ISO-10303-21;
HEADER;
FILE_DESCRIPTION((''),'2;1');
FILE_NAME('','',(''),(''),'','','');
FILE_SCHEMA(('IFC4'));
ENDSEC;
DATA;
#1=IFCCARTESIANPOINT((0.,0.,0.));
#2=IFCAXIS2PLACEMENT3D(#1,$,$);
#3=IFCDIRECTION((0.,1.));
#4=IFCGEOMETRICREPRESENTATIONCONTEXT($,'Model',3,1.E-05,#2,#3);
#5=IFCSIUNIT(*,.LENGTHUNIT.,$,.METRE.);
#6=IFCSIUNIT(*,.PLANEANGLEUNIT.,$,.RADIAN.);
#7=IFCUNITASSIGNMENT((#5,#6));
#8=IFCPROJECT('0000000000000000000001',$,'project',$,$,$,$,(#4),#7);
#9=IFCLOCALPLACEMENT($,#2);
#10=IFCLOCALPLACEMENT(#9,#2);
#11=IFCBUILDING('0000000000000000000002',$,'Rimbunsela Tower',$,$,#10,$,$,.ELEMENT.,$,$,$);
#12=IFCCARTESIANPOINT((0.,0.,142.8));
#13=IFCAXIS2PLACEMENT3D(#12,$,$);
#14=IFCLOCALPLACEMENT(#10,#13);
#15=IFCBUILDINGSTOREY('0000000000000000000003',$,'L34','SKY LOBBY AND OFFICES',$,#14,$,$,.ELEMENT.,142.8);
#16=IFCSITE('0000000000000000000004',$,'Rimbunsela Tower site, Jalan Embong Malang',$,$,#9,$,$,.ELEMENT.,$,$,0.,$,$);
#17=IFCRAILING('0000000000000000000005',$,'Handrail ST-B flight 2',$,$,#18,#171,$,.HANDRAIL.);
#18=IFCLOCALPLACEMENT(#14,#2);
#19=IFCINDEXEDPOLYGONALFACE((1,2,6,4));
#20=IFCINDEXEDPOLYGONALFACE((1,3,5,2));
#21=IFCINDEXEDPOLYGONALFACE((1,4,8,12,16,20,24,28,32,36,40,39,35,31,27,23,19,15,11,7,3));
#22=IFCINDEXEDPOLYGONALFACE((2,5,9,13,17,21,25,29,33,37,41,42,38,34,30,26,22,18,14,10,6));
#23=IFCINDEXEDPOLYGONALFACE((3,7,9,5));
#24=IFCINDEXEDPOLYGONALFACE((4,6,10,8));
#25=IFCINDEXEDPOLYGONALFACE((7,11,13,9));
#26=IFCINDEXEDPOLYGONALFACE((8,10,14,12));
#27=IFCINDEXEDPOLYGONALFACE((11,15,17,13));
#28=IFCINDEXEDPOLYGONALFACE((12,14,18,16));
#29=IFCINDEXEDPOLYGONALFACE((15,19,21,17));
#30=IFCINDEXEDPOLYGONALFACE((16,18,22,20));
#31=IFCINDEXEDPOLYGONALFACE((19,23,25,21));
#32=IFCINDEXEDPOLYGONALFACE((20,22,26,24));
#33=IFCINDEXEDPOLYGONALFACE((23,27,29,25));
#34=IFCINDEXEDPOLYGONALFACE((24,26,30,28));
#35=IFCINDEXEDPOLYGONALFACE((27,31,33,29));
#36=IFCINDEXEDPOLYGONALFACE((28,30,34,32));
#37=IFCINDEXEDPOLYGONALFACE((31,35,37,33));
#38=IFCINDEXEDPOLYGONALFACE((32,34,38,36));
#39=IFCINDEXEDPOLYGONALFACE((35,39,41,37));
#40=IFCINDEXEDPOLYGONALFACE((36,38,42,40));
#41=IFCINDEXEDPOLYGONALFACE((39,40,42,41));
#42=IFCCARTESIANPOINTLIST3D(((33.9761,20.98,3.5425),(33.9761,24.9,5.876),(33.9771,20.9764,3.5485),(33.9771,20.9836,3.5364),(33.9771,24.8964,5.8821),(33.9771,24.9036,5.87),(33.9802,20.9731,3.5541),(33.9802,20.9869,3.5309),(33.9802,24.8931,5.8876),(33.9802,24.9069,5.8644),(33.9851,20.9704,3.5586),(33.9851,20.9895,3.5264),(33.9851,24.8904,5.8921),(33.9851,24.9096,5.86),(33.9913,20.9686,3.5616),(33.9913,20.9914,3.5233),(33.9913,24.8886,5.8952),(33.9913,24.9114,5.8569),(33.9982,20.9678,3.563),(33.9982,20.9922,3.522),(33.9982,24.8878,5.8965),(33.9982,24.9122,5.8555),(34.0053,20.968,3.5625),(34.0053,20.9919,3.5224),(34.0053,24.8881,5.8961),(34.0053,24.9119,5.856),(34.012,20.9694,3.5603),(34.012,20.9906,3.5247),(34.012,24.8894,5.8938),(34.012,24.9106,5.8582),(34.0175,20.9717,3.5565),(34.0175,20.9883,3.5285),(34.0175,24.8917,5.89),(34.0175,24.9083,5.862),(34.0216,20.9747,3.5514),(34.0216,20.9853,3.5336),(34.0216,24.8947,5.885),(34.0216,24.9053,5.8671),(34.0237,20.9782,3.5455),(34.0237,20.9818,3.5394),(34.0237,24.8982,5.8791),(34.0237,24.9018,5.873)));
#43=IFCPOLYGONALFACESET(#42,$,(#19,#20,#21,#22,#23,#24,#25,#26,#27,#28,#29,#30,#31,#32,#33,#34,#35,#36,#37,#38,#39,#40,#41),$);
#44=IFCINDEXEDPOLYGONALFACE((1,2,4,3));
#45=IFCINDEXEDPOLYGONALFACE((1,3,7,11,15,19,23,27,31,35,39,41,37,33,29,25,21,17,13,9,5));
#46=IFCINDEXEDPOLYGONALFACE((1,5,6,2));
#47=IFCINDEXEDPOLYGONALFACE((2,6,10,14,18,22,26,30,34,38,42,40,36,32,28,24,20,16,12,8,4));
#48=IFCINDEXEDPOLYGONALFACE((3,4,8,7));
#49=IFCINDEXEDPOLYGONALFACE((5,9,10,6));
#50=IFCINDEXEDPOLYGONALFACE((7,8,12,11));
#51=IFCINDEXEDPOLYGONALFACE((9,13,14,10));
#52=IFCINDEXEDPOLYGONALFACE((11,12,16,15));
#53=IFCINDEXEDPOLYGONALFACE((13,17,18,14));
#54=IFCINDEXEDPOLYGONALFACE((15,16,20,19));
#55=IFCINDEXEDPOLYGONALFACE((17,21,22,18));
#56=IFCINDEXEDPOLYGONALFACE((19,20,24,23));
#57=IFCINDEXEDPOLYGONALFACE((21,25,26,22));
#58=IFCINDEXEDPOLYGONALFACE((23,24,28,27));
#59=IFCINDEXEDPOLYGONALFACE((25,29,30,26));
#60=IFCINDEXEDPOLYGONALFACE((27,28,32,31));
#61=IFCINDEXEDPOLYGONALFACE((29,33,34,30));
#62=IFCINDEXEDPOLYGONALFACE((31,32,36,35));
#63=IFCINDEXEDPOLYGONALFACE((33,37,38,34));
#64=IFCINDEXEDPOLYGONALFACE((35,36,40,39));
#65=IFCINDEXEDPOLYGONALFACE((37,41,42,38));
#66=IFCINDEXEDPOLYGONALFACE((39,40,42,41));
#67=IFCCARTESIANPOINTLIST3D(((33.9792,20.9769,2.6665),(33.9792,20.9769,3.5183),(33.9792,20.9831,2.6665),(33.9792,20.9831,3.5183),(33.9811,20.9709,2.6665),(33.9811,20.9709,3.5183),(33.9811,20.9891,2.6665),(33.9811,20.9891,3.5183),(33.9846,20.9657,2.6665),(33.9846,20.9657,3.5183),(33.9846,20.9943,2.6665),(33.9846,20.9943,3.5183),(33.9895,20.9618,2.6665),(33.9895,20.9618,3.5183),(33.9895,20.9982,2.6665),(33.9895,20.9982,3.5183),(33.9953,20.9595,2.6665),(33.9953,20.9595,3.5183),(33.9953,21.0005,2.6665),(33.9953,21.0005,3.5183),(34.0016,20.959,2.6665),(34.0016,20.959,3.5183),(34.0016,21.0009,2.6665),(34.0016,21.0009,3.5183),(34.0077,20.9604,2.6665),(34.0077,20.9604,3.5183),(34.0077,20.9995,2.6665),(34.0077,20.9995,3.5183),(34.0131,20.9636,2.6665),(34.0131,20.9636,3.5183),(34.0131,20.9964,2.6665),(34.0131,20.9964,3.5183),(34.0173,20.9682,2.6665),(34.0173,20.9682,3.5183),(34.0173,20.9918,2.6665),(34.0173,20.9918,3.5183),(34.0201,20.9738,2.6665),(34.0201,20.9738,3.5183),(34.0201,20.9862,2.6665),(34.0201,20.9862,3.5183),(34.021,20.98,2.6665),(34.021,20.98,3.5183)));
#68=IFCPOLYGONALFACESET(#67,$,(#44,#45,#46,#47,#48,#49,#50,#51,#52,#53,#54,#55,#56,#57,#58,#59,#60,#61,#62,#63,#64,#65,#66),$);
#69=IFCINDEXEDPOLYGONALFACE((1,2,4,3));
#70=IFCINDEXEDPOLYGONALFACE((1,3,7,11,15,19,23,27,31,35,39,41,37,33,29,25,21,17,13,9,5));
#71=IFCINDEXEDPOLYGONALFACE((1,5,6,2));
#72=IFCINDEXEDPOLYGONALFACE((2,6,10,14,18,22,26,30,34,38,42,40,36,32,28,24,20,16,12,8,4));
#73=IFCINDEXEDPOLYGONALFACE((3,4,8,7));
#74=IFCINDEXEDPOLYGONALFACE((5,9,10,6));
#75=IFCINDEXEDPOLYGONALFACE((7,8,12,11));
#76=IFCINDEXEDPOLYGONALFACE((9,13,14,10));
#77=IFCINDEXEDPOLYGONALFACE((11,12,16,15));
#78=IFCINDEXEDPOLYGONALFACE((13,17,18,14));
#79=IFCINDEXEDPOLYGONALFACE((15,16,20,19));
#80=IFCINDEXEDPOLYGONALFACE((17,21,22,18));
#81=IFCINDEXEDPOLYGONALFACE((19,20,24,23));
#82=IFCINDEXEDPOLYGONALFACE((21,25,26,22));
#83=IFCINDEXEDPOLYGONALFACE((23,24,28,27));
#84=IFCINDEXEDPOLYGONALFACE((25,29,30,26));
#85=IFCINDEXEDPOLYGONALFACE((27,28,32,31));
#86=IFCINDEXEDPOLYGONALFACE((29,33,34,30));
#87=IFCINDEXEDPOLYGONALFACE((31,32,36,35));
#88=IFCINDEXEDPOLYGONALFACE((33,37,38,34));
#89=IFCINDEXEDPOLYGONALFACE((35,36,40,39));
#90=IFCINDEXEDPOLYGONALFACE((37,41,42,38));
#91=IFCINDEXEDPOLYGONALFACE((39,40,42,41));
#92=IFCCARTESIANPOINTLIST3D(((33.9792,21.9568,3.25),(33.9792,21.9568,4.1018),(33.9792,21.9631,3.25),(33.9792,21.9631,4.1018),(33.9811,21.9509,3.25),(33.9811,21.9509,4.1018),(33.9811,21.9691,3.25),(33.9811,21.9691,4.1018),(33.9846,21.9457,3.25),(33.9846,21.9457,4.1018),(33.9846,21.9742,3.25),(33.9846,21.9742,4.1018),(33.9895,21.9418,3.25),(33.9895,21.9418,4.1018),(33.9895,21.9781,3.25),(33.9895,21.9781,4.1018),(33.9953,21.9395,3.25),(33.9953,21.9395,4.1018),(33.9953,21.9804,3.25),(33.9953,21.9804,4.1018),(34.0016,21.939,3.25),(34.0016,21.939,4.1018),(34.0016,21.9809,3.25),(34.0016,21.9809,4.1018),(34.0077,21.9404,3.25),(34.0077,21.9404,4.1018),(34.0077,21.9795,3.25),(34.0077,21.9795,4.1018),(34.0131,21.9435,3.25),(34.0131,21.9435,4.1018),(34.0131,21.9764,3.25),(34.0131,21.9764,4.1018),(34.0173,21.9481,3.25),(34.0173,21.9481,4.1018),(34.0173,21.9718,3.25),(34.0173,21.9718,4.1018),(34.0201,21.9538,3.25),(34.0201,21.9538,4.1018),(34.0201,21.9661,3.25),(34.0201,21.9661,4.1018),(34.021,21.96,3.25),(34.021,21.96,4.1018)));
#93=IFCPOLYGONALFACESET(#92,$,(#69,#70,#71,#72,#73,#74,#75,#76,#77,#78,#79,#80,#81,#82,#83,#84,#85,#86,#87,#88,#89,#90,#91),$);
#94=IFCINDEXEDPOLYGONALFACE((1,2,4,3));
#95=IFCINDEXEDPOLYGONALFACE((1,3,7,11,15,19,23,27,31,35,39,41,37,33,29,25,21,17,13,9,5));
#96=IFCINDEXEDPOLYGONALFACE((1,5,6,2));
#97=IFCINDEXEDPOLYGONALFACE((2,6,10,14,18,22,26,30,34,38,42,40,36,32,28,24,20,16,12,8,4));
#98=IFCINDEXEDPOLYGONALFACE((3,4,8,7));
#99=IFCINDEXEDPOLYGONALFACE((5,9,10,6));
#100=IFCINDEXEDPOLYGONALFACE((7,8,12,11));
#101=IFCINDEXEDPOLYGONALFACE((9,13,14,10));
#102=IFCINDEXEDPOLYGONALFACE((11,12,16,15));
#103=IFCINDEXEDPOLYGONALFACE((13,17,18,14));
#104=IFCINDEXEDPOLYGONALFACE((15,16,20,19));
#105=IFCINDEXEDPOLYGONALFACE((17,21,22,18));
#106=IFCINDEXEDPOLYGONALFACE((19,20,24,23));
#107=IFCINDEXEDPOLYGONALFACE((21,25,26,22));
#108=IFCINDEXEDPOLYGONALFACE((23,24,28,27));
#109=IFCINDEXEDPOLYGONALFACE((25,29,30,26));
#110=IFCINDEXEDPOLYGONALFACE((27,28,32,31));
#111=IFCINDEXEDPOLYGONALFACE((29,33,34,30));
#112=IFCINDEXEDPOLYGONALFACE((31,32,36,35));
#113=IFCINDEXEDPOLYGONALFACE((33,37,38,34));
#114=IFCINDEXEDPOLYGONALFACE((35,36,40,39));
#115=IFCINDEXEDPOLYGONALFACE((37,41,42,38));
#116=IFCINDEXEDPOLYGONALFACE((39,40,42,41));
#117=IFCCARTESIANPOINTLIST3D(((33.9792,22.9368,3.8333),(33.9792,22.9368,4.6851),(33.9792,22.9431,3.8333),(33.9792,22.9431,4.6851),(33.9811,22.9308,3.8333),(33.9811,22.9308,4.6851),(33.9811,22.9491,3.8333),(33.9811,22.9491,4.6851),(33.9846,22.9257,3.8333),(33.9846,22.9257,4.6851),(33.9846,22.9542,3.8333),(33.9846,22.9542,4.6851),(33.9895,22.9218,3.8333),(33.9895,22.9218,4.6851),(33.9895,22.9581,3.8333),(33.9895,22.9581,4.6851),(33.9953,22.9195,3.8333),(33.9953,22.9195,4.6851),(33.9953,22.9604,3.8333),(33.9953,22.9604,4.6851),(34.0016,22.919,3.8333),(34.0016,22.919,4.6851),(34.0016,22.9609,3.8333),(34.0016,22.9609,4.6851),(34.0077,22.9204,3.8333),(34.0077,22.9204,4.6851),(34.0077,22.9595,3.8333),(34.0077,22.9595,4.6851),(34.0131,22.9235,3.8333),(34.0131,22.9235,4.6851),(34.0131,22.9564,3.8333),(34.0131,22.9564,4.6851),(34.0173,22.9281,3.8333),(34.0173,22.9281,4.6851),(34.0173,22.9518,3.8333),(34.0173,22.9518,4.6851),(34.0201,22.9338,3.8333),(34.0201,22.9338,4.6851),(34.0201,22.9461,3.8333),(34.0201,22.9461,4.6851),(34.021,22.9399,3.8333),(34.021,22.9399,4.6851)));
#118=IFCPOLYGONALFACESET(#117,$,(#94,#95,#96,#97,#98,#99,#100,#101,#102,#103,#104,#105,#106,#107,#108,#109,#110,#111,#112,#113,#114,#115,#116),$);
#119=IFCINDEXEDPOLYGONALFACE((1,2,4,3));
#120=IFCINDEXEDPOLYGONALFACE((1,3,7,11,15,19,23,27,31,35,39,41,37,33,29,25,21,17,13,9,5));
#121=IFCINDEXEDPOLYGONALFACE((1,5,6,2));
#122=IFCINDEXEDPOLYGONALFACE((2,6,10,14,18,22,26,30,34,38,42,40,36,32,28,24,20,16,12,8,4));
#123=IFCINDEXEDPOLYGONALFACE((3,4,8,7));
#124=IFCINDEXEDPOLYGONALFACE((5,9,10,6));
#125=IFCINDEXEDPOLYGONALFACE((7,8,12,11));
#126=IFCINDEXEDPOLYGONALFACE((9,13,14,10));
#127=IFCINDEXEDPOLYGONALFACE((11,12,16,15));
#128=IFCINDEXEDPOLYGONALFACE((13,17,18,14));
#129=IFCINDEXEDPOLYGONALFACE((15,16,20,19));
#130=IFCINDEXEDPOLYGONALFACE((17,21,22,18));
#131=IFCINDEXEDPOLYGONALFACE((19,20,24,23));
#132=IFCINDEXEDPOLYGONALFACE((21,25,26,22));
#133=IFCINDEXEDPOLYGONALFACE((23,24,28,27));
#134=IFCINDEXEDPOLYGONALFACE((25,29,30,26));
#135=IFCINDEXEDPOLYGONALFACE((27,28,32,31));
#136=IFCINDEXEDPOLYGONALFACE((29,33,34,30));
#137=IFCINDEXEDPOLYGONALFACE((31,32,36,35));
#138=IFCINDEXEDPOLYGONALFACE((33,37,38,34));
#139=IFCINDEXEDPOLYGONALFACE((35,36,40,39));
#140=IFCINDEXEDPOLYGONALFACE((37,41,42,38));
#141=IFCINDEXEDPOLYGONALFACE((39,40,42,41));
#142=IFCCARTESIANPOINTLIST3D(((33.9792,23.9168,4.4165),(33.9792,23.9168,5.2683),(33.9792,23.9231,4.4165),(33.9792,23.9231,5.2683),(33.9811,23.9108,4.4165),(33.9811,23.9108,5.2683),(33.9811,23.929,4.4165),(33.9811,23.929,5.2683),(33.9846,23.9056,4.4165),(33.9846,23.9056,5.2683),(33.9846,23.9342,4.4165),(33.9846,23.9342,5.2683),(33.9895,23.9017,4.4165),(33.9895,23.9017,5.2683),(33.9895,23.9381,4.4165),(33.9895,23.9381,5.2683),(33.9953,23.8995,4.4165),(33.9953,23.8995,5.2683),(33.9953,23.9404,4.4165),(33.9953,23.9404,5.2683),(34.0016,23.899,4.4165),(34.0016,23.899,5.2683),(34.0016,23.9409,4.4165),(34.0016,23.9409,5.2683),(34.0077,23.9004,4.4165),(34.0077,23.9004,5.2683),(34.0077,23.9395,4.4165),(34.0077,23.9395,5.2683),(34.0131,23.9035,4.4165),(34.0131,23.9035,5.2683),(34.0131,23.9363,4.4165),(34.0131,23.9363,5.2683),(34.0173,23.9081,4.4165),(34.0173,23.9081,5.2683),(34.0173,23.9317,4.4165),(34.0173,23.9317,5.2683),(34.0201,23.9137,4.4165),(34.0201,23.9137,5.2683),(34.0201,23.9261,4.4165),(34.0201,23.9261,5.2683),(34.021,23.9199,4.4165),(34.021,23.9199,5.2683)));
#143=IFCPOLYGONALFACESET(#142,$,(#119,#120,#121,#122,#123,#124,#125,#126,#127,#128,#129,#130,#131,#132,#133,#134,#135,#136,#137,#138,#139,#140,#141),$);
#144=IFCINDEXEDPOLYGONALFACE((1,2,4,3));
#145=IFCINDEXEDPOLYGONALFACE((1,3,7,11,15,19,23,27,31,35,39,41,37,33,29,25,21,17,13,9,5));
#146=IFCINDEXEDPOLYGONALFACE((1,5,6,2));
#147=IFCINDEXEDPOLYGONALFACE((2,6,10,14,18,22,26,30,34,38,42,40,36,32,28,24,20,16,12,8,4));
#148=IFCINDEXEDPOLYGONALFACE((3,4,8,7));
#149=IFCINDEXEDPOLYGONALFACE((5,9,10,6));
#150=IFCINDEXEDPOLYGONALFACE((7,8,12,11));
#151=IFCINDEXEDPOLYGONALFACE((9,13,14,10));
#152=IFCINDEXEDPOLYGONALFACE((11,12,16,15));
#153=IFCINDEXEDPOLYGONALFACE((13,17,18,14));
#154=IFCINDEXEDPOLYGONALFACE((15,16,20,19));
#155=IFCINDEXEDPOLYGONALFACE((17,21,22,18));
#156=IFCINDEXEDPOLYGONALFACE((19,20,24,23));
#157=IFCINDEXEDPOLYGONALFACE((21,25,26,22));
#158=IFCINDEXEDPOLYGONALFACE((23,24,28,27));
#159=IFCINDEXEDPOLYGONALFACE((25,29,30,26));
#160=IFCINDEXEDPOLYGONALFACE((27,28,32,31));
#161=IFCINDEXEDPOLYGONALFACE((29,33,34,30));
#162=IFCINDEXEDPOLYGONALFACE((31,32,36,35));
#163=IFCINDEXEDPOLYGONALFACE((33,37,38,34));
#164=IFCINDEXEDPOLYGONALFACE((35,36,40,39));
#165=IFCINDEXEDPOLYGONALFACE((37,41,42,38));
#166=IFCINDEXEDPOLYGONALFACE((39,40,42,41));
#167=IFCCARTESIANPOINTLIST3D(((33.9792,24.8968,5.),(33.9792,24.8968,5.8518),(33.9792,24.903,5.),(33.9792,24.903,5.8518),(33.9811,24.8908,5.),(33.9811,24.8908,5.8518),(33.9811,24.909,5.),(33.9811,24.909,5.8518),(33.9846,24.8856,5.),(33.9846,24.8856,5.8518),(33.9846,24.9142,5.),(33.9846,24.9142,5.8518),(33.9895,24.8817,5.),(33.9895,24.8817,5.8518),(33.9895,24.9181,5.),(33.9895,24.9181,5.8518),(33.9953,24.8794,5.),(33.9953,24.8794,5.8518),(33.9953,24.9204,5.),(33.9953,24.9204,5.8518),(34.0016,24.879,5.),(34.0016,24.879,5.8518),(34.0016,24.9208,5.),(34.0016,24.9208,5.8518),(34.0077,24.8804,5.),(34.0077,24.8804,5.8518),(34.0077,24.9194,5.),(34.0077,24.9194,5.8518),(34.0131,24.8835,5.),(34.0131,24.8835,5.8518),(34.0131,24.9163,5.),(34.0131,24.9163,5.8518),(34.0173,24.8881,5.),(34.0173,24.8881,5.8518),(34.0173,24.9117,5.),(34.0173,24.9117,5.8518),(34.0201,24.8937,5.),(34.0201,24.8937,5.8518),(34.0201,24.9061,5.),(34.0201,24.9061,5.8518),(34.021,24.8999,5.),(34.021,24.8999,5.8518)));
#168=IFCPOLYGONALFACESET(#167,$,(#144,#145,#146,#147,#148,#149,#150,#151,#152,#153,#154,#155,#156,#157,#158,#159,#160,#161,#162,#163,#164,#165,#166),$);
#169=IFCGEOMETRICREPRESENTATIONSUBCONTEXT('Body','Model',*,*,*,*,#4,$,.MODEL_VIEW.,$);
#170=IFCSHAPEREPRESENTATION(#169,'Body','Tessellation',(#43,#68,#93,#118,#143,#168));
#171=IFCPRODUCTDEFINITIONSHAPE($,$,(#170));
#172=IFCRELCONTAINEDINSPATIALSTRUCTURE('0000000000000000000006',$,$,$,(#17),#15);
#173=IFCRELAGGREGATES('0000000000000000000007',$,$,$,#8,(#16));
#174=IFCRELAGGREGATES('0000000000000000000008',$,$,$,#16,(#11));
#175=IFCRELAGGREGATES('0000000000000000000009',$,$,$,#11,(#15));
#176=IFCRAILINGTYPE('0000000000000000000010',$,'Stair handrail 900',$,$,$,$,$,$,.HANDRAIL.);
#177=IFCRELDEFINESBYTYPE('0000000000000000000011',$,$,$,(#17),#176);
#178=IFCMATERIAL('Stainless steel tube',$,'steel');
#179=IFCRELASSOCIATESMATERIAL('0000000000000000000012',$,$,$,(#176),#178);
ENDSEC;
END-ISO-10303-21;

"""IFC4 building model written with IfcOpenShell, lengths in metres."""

from ifc_helpers import new_model, si_unit, direction, frame, origin, origin_2d, place, context, subcontext, project, spatial, circle, extrude, material, type_object, element, save


model = new_model("IFC4")

# Units and contexts
model_context = context("Model", 3, precision=1e-05, world=origin(), true_north=direction((0.0, 1.0)))
body_context = subcontext(model_context, "Body", "Model", "MODEL_VIEW")
ifc_project = project(units=[si_unit("LENGTHUNIT", "METRE"), si_unit("PLANEANGLEUNIT", "RADIAN")], contexts=[model_context])

# Site, building, storey
site_placement = place(None, origin())
site = spatial("IfcSite", under=ifc_project, at=site_placement, Name="Rimbunsela Tower site, Jalan Embong Malang", CompositionType="ELEMENT", RefElevation=0.0)
building_placement = place(site_placement, origin())
building = spatial("IfcBuilding", under=site, at=building_placement, Name="Rimbunsela Tower", CompositionType="ELEMENT")
storey_placement = place(building_placement, frame((0.0, 0.0, 142.8)))
storey = spatial("IfcBuildingStorey", under=building, at=storey_placement, Name="L34", Description="SKY LOBBY AND OFFICES", CompositionType="ELEMENT", Elevation=142.8)

# Railing
ifc_material_1 = material(Name="Stainless steel tube", Category="steel")
railing_type = type_object("IfcRailingType", Name="Stair handrail 900", PredefinedType="HANDRAIL", material=ifc_material_1)
for number, where, name in (
    (1, (34.0, 20.98, 2.6665), "Handrail ST-B flight 2"),
):
    element("IfcRailing", number, at=place(storey_placement, frame(where)), inside=storey, type_object=railing_type, Name=name, PredefinedType="HANDRAIL", context=body_context, shape_type="SweptSolid", body=[
        extrude(circle(Radius=0.0239, at=origin_2d()), frame((0.0, 0.0, 0.876), z_axis=(0.0, 0.859273, 0.511518), x_axis=(-1.0, 0.0, 0.0)), (0.0, 0.0, 1.0), 4.562),
        extrude(circle(Radius=0.021, at=origin_2d()), origin(), (0.0, 0.0, 1.0), 0.8518),
        extrude(circle(Radius=0.021, at=origin_2d()), frame((0.0, 0.98, 0.5835)), (0.0, 0.0, 1.0), 0.8518),
        extrude(circle(Radius=0.021, at=origin_2d()), frame((0.0, 1.96, 1.1667)), (0.0, 0.0, 1.0), 0.8518),
        extrude(circle(Radius=0.021, at=origin_2d()), frame((0.0, 2.9399, 1.75)), (0.0, 0.0, 1.0), 0.8518),
        extrude(circle(Radius=0.021, at=origin_2d()), frame((0.0, 3.9199, 2.3335)), (0.0, 0.0, 1.0), 0.8518),
    ])

save(model, "model.ifc")
